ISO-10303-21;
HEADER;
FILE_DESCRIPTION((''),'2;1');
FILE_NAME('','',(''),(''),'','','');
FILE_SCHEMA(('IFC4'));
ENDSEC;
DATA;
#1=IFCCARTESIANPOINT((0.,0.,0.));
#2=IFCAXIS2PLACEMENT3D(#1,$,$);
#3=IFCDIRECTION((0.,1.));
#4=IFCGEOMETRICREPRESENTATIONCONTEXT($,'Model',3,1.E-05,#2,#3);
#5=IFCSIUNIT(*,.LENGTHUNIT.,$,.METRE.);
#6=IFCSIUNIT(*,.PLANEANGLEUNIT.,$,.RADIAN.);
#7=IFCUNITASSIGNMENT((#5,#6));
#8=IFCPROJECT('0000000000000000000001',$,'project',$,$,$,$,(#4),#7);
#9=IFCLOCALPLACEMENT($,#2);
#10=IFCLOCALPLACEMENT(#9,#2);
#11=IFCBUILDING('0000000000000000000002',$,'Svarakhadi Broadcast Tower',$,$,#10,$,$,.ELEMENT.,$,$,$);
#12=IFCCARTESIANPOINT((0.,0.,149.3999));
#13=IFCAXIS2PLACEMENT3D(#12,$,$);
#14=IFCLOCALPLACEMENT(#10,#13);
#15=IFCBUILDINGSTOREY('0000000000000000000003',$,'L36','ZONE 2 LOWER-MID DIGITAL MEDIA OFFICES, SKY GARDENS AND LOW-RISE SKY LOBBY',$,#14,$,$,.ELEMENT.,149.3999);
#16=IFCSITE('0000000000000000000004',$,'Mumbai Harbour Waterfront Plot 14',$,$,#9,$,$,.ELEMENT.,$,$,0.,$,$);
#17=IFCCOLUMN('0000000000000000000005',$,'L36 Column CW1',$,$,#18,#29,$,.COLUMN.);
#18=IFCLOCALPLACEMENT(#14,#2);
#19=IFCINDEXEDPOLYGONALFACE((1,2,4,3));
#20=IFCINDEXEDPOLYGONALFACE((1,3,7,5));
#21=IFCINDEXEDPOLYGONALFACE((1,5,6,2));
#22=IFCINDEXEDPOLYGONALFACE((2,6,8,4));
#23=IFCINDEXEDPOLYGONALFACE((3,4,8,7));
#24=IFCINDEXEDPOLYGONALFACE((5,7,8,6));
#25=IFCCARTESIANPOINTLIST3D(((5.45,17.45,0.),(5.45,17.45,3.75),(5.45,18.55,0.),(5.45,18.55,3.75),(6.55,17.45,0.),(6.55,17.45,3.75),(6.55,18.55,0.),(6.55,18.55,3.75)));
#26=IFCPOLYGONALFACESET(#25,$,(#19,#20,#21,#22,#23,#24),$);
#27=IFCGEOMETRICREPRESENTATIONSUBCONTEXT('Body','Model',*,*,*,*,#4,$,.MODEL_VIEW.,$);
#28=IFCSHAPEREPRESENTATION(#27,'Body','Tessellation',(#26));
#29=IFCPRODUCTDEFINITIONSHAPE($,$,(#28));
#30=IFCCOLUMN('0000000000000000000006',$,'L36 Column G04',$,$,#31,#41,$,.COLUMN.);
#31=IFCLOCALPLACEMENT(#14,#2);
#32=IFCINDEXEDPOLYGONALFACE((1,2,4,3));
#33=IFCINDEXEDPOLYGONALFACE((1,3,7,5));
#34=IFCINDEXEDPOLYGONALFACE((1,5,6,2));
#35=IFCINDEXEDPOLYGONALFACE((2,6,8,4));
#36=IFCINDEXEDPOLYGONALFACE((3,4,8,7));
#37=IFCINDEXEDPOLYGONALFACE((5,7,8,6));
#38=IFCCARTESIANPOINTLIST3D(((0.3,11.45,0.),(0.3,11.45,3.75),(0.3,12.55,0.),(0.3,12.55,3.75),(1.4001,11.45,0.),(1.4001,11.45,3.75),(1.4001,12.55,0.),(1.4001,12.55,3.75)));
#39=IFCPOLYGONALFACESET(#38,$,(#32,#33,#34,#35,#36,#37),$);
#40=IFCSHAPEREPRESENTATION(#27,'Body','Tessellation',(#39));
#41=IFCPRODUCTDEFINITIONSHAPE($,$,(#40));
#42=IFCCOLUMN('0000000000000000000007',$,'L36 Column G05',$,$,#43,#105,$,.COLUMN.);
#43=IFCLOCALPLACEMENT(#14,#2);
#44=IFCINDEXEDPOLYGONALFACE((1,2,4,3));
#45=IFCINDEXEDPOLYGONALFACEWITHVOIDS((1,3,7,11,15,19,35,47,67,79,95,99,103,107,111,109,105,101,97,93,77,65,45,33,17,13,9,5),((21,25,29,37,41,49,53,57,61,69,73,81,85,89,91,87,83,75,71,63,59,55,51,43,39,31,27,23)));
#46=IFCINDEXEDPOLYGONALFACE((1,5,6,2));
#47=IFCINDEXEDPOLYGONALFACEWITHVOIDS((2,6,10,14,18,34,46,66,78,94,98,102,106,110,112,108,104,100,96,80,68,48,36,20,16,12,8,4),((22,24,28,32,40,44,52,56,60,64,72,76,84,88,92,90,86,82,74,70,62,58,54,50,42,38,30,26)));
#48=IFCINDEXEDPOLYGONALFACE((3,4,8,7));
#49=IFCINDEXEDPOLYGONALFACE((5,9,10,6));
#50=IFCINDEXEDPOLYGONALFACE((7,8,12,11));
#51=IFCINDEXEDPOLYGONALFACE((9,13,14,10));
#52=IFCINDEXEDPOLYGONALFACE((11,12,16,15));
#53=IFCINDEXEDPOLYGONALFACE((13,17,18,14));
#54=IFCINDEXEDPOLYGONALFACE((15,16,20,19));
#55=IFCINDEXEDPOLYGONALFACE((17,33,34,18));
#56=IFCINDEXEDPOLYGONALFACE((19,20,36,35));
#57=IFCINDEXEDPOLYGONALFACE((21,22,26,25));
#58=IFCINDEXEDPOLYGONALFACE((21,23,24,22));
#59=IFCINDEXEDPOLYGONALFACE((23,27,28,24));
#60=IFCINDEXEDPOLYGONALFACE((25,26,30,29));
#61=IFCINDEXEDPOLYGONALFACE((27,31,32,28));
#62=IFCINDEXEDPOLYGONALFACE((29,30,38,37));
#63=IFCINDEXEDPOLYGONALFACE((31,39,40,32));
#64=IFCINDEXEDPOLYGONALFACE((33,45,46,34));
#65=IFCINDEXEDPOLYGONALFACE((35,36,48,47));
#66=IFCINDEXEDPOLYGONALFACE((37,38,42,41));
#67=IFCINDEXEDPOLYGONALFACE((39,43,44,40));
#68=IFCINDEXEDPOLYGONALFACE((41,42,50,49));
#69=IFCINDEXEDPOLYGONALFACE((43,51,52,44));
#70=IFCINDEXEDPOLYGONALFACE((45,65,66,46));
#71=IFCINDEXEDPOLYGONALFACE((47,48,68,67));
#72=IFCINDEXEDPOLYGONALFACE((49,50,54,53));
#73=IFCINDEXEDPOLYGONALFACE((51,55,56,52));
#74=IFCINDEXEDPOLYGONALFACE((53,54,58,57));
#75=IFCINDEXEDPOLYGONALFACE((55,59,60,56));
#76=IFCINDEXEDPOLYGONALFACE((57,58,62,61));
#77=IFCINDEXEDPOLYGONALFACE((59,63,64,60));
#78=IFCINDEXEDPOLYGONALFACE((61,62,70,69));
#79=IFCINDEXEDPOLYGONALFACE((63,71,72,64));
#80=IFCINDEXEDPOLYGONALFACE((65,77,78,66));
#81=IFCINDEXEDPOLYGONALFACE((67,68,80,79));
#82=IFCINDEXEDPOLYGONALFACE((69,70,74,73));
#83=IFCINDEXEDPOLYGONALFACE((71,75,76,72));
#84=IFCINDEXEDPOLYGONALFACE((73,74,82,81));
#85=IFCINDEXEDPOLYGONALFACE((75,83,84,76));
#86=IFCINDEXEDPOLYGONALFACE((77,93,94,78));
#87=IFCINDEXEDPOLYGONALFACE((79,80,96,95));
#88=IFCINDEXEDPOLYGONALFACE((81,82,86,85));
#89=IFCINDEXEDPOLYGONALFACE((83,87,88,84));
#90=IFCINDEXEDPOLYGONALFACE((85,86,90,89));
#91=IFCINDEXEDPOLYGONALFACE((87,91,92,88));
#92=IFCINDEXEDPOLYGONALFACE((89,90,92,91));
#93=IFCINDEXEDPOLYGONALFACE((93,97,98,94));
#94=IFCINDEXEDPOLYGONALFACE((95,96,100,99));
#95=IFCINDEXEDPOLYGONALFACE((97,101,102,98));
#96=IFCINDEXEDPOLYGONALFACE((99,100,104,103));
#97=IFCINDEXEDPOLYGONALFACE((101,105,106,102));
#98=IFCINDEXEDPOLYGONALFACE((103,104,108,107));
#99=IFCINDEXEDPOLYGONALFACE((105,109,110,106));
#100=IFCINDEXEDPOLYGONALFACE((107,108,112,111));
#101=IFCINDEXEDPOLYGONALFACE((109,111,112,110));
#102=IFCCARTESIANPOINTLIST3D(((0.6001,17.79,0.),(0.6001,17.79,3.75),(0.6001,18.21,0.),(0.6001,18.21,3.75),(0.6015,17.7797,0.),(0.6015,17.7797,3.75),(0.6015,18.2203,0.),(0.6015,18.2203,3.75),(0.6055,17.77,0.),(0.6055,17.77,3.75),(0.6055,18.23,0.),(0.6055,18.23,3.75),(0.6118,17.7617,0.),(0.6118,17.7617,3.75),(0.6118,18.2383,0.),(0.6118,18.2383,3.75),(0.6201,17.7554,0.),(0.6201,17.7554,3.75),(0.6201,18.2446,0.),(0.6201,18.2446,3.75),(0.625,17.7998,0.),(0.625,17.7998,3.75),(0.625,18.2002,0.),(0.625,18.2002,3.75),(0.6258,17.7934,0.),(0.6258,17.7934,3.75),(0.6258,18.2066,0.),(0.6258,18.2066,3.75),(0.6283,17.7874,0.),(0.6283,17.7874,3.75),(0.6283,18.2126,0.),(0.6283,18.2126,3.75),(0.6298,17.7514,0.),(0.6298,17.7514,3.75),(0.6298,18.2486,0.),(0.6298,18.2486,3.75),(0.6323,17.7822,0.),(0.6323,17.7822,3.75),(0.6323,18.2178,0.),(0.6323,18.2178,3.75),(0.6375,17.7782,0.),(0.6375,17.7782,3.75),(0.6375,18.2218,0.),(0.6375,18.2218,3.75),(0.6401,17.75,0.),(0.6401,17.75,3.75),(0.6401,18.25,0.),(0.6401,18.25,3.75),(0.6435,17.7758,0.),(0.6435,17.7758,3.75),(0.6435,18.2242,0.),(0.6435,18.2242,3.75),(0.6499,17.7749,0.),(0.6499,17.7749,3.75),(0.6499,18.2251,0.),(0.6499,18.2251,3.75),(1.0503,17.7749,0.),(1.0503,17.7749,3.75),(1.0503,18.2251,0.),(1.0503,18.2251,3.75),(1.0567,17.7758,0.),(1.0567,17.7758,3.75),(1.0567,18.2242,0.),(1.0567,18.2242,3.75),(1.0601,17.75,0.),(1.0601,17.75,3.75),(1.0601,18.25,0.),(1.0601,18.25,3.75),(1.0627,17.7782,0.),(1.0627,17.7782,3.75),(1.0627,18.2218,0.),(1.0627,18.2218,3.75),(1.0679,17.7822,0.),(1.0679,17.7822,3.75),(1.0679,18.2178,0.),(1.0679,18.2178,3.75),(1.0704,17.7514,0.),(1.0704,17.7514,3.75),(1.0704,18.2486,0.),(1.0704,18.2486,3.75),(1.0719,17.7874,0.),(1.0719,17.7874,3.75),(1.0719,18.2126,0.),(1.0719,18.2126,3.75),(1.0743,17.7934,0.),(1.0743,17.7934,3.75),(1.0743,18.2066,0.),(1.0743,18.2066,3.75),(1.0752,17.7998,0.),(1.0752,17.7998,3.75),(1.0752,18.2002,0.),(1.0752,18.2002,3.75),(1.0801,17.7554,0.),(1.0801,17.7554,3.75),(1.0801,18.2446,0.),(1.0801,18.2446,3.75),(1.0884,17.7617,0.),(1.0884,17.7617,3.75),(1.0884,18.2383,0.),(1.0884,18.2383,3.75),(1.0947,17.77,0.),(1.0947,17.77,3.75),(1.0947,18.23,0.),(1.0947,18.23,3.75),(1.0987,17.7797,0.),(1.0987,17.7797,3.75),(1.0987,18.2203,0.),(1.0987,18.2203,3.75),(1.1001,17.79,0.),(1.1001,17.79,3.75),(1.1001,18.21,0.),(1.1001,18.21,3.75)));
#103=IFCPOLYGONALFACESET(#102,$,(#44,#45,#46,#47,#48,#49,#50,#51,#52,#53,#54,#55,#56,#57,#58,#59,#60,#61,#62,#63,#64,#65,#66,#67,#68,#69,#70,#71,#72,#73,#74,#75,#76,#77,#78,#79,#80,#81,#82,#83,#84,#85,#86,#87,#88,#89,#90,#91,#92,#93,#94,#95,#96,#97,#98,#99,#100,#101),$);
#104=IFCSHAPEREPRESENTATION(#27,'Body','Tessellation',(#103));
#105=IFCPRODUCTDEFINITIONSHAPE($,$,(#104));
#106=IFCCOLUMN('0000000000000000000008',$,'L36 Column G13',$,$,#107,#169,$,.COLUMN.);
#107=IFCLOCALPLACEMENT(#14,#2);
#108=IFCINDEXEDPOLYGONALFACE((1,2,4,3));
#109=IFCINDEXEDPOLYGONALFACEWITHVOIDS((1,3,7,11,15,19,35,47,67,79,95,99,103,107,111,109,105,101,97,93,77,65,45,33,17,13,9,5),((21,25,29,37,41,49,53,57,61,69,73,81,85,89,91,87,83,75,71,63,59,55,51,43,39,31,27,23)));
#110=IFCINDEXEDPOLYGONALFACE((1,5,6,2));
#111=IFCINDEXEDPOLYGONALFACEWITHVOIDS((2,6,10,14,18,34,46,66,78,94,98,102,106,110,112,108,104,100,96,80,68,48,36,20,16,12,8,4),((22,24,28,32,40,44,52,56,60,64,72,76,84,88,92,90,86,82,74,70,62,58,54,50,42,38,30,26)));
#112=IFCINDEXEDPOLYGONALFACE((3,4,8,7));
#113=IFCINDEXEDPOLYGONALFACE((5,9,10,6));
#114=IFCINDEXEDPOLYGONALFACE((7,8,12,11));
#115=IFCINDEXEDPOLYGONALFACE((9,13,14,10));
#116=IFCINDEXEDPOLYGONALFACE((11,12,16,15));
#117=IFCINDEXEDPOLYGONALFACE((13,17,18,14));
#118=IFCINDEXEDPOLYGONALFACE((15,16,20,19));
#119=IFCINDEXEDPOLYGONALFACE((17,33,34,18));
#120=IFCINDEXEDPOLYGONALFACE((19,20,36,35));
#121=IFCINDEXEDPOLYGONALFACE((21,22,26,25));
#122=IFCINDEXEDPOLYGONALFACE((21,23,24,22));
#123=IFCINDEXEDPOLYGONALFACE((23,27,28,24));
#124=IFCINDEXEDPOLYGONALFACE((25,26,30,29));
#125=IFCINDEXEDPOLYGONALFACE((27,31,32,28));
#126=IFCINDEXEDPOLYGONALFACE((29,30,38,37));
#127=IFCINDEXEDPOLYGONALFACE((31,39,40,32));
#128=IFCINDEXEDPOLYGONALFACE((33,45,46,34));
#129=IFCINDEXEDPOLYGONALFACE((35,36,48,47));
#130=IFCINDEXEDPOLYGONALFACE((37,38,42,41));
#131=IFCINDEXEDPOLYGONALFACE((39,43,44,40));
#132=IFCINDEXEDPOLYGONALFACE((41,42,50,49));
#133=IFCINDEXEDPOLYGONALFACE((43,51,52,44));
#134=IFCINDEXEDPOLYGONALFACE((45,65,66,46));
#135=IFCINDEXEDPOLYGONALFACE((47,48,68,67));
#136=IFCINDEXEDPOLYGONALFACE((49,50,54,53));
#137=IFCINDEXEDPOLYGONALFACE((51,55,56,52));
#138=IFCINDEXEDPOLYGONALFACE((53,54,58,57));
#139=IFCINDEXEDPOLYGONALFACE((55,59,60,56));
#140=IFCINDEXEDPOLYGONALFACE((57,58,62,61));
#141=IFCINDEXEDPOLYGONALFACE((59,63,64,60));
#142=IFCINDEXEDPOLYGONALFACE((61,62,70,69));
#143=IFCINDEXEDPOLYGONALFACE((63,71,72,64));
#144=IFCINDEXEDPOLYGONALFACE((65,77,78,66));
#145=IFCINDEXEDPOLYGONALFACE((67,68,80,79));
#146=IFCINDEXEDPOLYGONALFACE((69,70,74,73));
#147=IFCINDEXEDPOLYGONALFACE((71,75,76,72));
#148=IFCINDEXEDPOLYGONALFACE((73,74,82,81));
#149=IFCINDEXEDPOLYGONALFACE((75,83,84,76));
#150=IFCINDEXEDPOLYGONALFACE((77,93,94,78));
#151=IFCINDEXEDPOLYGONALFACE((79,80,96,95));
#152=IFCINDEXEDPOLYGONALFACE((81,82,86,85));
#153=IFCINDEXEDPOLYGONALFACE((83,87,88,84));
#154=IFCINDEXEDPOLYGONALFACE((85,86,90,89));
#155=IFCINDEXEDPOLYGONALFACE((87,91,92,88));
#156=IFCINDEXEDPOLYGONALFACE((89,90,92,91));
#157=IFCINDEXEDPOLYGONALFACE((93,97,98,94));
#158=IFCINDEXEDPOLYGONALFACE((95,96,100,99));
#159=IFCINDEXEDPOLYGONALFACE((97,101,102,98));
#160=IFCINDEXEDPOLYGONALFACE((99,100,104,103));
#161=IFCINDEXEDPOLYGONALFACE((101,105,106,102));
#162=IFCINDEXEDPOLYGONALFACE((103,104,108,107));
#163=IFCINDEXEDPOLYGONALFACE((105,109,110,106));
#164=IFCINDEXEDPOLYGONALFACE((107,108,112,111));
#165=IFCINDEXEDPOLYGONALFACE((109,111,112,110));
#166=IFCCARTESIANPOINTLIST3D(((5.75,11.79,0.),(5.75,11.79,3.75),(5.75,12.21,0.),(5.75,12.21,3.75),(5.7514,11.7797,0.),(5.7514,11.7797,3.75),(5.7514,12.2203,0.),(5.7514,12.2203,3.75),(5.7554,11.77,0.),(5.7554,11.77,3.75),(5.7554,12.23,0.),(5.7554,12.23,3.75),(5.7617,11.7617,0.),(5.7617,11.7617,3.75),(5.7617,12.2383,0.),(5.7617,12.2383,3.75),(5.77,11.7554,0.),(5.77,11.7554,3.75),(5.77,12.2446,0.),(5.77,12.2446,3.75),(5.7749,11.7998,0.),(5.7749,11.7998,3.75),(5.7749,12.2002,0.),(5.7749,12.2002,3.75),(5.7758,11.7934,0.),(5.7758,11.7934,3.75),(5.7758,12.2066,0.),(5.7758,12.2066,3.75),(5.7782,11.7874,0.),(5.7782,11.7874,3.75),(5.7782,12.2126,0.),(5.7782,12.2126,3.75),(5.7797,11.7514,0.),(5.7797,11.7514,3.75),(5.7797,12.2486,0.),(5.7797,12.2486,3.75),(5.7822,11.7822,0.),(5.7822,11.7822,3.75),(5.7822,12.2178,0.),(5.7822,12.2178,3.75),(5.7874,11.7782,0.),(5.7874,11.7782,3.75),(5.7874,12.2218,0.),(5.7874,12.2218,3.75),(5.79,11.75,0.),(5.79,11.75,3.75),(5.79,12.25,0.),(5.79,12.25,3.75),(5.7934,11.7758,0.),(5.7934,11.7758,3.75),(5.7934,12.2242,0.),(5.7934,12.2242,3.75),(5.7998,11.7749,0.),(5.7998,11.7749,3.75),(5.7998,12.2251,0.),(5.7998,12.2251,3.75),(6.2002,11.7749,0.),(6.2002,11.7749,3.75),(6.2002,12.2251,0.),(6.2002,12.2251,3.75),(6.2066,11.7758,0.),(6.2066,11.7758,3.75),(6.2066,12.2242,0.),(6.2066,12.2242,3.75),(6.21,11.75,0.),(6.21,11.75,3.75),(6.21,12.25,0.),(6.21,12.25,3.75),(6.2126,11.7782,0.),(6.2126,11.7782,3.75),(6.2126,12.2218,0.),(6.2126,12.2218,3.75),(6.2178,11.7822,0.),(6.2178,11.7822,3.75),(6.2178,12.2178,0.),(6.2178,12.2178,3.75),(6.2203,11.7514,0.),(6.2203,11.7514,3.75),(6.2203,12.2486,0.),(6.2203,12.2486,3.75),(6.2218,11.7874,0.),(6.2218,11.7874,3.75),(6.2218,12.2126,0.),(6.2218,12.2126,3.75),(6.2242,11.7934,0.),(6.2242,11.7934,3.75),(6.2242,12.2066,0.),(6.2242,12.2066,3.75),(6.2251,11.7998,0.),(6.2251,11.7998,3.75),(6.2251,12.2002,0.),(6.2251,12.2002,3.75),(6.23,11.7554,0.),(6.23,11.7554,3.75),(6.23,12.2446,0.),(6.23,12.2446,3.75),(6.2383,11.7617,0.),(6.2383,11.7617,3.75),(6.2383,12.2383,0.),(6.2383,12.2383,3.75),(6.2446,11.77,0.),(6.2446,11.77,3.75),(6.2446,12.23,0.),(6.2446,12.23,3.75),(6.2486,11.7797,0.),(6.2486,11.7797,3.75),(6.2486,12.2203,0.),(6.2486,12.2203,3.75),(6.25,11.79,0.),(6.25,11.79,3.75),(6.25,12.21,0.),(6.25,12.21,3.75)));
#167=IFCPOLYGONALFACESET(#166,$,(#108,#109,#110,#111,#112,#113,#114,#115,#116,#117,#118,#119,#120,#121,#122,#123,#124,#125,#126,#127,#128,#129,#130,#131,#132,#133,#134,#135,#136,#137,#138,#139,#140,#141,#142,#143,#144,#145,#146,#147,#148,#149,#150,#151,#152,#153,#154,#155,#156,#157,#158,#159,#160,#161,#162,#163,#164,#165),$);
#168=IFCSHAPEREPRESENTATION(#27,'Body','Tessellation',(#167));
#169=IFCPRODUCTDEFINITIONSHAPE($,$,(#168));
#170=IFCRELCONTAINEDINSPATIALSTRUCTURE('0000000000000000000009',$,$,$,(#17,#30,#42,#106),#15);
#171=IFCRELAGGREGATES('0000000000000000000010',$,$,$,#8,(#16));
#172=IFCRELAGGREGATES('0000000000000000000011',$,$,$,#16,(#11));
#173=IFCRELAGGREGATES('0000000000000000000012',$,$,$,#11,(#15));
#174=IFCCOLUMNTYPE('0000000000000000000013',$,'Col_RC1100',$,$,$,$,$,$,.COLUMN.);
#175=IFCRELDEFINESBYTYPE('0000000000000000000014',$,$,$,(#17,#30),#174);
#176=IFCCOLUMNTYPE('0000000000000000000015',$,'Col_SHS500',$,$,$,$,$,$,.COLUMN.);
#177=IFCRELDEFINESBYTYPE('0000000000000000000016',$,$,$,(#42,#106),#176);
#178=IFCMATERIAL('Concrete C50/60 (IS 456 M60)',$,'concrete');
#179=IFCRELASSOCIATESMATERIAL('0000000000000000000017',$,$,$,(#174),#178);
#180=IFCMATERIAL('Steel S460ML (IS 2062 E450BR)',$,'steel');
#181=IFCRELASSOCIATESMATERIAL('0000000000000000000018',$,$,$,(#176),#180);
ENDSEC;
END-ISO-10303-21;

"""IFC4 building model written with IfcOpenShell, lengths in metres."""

from ifc_helpers import new_model, si_unit, direction, frame, origin, origin_2d, place, context, subcontext, project, spatial, rectangle, hollow_rectangle, extrude, material, material_profile, profile_set, type_object, element, save


model = new_model("IFC4")

# Units and contexts
model_context = context("Model", 3, precision=1e-05, world=origin(), true_north=direction((0.0, 1.0)))
body_context = subcontext(model_context, "Body", "Model", "MODEL_VIEW")
ifc_project = project(units=[si_unit("LENGTHUNIT", "METRE"), si_unit("PLANEANGLEUNIT", "RADIAN")], contexts=[model_context])

# Site, building, storey
site_placement = place(None, origin())
site = spatial("IfcSite", under=ifc_project, at=site_placement, Name="Mumbai Harbour Waterfront Plot 14", CompositionType="ELEMENT", RefElevation=0.0)
building_placement = place(site_placement, origin())
building = spatial("IfcBuilding", under=site, at=building_placement, Name="Svarakhadi Broadcast Tower", CompositionType="ELEMENT")
storey_placement = place(building_placement, frame((0.0, 0.0, 149.3999)))
storey = spatial("IfcBuildingStorey", under=building, at=storey_placement, Name="L36", Description="ZONE 2 LOWER-MID DIGITAL MEDIA OFFICES, SKY GARDENS AND LOW-RISE SKY LOBBY", CompositionType="ELEMENT", Elevation=149.3999)

# Columns
ifc_material_1 = material(Name="Concrete C50/60 (IS 456 M60)", Category="concrete")
ifc_material_profile_1 = material_profile(ifc_material_1, rectangle(XDim=1.1001, YDim=1.1001, at=origin_2d()), Name="RC 1100x1100")
ifc_profile_set_1 = profile_set([ifc_material_profile_1], Name="Concrete C50/60 (IS 456 M60)")
column_type_1 = type_object("IfcColumnType", Name="Col_RC1100", PredefinedType="COLUMN", material=ifc_profile_set_1)
for number, where, z_axis, x_axis, name in (
    (1, (6.0, 18.0, 0.0), (0.0, 0.0, 1.0), (1.0, 0.0, 0.0), "L36 Column CW1"),
    (2, (0.8501, 12.0, 0.0), (0.0, 0.0, 1.0), (1.0, 0.0, 0.0), "L36 Column G04"),
):
    element("IfcColumn", number, at=place(storey_placement, frame(where, z_axis=z_axis, x_axis=x_axis)), inside=storey, type_object=column_type_1, Name=name, PredefinedType="COLUMN", context=body_context, shape_type="SweptSolid", body=[
        extrude(rectangle(XDim=1.1001, YDim=1.1001, at=origin_2d()), origin(), (0.0, 0.0, 1.0), 3.75),
    ])
ifc_material_2 = material(Name="Steel S460ML (IS 2062 E450BR)", Category="steel")
ifc_material_profile_2 = material_profile(ifc_material_2, hollow_rectangle(XDim=0.5, YDim=0.5, WallThickness=0.0249, InnerFilletRadius=0.0249, OuterFilletRadius=0.04, at=origin_2d()), Name="SHS 500x500x25")
ifc_profile_set_2 = profile_set([ifc_material_profile_2], Name="Steel S460ML (IS 2062 E450BR)")
column_type_2 = type_object("IfcColumnType", Name="Col_SHS500", PredefinedType="COLUMN", material=ifc_profile_set_2)
for number, where, z_axis, x_axis, name in (
    (3, (0.8501, 18.0, 0.0), (0.0, 0.0, 1.0), (1.0, 0.0, 0.0), "L36 Column G05"),
    (4, (6.0, 12.0, 0.0), (0.0, 0.0, 1.0), (1.0, 0.0, 0.0), "L36 Column G13"),
):
    element("IfcColumn", number, at=place(storey_placement, frame(where, z_axis=z_axis, x_axis=x_axis)), inside=storey, type_object=column_type_2, Name=name, PredefinedType="COLUMN", context=body_context, shape_type="SweptSolid", body=[
        extrude(hollow_rectangle(XDim=0.5, YDim=0.5, WallThickness=0.0249, InnerFilletRadius=0.0249, OuterFilletRadius=0.04, at=origin_2d()), origin(), (0.0, 0.0, 1.0), 3.75),
    ])

save(model, "model.ifc")
